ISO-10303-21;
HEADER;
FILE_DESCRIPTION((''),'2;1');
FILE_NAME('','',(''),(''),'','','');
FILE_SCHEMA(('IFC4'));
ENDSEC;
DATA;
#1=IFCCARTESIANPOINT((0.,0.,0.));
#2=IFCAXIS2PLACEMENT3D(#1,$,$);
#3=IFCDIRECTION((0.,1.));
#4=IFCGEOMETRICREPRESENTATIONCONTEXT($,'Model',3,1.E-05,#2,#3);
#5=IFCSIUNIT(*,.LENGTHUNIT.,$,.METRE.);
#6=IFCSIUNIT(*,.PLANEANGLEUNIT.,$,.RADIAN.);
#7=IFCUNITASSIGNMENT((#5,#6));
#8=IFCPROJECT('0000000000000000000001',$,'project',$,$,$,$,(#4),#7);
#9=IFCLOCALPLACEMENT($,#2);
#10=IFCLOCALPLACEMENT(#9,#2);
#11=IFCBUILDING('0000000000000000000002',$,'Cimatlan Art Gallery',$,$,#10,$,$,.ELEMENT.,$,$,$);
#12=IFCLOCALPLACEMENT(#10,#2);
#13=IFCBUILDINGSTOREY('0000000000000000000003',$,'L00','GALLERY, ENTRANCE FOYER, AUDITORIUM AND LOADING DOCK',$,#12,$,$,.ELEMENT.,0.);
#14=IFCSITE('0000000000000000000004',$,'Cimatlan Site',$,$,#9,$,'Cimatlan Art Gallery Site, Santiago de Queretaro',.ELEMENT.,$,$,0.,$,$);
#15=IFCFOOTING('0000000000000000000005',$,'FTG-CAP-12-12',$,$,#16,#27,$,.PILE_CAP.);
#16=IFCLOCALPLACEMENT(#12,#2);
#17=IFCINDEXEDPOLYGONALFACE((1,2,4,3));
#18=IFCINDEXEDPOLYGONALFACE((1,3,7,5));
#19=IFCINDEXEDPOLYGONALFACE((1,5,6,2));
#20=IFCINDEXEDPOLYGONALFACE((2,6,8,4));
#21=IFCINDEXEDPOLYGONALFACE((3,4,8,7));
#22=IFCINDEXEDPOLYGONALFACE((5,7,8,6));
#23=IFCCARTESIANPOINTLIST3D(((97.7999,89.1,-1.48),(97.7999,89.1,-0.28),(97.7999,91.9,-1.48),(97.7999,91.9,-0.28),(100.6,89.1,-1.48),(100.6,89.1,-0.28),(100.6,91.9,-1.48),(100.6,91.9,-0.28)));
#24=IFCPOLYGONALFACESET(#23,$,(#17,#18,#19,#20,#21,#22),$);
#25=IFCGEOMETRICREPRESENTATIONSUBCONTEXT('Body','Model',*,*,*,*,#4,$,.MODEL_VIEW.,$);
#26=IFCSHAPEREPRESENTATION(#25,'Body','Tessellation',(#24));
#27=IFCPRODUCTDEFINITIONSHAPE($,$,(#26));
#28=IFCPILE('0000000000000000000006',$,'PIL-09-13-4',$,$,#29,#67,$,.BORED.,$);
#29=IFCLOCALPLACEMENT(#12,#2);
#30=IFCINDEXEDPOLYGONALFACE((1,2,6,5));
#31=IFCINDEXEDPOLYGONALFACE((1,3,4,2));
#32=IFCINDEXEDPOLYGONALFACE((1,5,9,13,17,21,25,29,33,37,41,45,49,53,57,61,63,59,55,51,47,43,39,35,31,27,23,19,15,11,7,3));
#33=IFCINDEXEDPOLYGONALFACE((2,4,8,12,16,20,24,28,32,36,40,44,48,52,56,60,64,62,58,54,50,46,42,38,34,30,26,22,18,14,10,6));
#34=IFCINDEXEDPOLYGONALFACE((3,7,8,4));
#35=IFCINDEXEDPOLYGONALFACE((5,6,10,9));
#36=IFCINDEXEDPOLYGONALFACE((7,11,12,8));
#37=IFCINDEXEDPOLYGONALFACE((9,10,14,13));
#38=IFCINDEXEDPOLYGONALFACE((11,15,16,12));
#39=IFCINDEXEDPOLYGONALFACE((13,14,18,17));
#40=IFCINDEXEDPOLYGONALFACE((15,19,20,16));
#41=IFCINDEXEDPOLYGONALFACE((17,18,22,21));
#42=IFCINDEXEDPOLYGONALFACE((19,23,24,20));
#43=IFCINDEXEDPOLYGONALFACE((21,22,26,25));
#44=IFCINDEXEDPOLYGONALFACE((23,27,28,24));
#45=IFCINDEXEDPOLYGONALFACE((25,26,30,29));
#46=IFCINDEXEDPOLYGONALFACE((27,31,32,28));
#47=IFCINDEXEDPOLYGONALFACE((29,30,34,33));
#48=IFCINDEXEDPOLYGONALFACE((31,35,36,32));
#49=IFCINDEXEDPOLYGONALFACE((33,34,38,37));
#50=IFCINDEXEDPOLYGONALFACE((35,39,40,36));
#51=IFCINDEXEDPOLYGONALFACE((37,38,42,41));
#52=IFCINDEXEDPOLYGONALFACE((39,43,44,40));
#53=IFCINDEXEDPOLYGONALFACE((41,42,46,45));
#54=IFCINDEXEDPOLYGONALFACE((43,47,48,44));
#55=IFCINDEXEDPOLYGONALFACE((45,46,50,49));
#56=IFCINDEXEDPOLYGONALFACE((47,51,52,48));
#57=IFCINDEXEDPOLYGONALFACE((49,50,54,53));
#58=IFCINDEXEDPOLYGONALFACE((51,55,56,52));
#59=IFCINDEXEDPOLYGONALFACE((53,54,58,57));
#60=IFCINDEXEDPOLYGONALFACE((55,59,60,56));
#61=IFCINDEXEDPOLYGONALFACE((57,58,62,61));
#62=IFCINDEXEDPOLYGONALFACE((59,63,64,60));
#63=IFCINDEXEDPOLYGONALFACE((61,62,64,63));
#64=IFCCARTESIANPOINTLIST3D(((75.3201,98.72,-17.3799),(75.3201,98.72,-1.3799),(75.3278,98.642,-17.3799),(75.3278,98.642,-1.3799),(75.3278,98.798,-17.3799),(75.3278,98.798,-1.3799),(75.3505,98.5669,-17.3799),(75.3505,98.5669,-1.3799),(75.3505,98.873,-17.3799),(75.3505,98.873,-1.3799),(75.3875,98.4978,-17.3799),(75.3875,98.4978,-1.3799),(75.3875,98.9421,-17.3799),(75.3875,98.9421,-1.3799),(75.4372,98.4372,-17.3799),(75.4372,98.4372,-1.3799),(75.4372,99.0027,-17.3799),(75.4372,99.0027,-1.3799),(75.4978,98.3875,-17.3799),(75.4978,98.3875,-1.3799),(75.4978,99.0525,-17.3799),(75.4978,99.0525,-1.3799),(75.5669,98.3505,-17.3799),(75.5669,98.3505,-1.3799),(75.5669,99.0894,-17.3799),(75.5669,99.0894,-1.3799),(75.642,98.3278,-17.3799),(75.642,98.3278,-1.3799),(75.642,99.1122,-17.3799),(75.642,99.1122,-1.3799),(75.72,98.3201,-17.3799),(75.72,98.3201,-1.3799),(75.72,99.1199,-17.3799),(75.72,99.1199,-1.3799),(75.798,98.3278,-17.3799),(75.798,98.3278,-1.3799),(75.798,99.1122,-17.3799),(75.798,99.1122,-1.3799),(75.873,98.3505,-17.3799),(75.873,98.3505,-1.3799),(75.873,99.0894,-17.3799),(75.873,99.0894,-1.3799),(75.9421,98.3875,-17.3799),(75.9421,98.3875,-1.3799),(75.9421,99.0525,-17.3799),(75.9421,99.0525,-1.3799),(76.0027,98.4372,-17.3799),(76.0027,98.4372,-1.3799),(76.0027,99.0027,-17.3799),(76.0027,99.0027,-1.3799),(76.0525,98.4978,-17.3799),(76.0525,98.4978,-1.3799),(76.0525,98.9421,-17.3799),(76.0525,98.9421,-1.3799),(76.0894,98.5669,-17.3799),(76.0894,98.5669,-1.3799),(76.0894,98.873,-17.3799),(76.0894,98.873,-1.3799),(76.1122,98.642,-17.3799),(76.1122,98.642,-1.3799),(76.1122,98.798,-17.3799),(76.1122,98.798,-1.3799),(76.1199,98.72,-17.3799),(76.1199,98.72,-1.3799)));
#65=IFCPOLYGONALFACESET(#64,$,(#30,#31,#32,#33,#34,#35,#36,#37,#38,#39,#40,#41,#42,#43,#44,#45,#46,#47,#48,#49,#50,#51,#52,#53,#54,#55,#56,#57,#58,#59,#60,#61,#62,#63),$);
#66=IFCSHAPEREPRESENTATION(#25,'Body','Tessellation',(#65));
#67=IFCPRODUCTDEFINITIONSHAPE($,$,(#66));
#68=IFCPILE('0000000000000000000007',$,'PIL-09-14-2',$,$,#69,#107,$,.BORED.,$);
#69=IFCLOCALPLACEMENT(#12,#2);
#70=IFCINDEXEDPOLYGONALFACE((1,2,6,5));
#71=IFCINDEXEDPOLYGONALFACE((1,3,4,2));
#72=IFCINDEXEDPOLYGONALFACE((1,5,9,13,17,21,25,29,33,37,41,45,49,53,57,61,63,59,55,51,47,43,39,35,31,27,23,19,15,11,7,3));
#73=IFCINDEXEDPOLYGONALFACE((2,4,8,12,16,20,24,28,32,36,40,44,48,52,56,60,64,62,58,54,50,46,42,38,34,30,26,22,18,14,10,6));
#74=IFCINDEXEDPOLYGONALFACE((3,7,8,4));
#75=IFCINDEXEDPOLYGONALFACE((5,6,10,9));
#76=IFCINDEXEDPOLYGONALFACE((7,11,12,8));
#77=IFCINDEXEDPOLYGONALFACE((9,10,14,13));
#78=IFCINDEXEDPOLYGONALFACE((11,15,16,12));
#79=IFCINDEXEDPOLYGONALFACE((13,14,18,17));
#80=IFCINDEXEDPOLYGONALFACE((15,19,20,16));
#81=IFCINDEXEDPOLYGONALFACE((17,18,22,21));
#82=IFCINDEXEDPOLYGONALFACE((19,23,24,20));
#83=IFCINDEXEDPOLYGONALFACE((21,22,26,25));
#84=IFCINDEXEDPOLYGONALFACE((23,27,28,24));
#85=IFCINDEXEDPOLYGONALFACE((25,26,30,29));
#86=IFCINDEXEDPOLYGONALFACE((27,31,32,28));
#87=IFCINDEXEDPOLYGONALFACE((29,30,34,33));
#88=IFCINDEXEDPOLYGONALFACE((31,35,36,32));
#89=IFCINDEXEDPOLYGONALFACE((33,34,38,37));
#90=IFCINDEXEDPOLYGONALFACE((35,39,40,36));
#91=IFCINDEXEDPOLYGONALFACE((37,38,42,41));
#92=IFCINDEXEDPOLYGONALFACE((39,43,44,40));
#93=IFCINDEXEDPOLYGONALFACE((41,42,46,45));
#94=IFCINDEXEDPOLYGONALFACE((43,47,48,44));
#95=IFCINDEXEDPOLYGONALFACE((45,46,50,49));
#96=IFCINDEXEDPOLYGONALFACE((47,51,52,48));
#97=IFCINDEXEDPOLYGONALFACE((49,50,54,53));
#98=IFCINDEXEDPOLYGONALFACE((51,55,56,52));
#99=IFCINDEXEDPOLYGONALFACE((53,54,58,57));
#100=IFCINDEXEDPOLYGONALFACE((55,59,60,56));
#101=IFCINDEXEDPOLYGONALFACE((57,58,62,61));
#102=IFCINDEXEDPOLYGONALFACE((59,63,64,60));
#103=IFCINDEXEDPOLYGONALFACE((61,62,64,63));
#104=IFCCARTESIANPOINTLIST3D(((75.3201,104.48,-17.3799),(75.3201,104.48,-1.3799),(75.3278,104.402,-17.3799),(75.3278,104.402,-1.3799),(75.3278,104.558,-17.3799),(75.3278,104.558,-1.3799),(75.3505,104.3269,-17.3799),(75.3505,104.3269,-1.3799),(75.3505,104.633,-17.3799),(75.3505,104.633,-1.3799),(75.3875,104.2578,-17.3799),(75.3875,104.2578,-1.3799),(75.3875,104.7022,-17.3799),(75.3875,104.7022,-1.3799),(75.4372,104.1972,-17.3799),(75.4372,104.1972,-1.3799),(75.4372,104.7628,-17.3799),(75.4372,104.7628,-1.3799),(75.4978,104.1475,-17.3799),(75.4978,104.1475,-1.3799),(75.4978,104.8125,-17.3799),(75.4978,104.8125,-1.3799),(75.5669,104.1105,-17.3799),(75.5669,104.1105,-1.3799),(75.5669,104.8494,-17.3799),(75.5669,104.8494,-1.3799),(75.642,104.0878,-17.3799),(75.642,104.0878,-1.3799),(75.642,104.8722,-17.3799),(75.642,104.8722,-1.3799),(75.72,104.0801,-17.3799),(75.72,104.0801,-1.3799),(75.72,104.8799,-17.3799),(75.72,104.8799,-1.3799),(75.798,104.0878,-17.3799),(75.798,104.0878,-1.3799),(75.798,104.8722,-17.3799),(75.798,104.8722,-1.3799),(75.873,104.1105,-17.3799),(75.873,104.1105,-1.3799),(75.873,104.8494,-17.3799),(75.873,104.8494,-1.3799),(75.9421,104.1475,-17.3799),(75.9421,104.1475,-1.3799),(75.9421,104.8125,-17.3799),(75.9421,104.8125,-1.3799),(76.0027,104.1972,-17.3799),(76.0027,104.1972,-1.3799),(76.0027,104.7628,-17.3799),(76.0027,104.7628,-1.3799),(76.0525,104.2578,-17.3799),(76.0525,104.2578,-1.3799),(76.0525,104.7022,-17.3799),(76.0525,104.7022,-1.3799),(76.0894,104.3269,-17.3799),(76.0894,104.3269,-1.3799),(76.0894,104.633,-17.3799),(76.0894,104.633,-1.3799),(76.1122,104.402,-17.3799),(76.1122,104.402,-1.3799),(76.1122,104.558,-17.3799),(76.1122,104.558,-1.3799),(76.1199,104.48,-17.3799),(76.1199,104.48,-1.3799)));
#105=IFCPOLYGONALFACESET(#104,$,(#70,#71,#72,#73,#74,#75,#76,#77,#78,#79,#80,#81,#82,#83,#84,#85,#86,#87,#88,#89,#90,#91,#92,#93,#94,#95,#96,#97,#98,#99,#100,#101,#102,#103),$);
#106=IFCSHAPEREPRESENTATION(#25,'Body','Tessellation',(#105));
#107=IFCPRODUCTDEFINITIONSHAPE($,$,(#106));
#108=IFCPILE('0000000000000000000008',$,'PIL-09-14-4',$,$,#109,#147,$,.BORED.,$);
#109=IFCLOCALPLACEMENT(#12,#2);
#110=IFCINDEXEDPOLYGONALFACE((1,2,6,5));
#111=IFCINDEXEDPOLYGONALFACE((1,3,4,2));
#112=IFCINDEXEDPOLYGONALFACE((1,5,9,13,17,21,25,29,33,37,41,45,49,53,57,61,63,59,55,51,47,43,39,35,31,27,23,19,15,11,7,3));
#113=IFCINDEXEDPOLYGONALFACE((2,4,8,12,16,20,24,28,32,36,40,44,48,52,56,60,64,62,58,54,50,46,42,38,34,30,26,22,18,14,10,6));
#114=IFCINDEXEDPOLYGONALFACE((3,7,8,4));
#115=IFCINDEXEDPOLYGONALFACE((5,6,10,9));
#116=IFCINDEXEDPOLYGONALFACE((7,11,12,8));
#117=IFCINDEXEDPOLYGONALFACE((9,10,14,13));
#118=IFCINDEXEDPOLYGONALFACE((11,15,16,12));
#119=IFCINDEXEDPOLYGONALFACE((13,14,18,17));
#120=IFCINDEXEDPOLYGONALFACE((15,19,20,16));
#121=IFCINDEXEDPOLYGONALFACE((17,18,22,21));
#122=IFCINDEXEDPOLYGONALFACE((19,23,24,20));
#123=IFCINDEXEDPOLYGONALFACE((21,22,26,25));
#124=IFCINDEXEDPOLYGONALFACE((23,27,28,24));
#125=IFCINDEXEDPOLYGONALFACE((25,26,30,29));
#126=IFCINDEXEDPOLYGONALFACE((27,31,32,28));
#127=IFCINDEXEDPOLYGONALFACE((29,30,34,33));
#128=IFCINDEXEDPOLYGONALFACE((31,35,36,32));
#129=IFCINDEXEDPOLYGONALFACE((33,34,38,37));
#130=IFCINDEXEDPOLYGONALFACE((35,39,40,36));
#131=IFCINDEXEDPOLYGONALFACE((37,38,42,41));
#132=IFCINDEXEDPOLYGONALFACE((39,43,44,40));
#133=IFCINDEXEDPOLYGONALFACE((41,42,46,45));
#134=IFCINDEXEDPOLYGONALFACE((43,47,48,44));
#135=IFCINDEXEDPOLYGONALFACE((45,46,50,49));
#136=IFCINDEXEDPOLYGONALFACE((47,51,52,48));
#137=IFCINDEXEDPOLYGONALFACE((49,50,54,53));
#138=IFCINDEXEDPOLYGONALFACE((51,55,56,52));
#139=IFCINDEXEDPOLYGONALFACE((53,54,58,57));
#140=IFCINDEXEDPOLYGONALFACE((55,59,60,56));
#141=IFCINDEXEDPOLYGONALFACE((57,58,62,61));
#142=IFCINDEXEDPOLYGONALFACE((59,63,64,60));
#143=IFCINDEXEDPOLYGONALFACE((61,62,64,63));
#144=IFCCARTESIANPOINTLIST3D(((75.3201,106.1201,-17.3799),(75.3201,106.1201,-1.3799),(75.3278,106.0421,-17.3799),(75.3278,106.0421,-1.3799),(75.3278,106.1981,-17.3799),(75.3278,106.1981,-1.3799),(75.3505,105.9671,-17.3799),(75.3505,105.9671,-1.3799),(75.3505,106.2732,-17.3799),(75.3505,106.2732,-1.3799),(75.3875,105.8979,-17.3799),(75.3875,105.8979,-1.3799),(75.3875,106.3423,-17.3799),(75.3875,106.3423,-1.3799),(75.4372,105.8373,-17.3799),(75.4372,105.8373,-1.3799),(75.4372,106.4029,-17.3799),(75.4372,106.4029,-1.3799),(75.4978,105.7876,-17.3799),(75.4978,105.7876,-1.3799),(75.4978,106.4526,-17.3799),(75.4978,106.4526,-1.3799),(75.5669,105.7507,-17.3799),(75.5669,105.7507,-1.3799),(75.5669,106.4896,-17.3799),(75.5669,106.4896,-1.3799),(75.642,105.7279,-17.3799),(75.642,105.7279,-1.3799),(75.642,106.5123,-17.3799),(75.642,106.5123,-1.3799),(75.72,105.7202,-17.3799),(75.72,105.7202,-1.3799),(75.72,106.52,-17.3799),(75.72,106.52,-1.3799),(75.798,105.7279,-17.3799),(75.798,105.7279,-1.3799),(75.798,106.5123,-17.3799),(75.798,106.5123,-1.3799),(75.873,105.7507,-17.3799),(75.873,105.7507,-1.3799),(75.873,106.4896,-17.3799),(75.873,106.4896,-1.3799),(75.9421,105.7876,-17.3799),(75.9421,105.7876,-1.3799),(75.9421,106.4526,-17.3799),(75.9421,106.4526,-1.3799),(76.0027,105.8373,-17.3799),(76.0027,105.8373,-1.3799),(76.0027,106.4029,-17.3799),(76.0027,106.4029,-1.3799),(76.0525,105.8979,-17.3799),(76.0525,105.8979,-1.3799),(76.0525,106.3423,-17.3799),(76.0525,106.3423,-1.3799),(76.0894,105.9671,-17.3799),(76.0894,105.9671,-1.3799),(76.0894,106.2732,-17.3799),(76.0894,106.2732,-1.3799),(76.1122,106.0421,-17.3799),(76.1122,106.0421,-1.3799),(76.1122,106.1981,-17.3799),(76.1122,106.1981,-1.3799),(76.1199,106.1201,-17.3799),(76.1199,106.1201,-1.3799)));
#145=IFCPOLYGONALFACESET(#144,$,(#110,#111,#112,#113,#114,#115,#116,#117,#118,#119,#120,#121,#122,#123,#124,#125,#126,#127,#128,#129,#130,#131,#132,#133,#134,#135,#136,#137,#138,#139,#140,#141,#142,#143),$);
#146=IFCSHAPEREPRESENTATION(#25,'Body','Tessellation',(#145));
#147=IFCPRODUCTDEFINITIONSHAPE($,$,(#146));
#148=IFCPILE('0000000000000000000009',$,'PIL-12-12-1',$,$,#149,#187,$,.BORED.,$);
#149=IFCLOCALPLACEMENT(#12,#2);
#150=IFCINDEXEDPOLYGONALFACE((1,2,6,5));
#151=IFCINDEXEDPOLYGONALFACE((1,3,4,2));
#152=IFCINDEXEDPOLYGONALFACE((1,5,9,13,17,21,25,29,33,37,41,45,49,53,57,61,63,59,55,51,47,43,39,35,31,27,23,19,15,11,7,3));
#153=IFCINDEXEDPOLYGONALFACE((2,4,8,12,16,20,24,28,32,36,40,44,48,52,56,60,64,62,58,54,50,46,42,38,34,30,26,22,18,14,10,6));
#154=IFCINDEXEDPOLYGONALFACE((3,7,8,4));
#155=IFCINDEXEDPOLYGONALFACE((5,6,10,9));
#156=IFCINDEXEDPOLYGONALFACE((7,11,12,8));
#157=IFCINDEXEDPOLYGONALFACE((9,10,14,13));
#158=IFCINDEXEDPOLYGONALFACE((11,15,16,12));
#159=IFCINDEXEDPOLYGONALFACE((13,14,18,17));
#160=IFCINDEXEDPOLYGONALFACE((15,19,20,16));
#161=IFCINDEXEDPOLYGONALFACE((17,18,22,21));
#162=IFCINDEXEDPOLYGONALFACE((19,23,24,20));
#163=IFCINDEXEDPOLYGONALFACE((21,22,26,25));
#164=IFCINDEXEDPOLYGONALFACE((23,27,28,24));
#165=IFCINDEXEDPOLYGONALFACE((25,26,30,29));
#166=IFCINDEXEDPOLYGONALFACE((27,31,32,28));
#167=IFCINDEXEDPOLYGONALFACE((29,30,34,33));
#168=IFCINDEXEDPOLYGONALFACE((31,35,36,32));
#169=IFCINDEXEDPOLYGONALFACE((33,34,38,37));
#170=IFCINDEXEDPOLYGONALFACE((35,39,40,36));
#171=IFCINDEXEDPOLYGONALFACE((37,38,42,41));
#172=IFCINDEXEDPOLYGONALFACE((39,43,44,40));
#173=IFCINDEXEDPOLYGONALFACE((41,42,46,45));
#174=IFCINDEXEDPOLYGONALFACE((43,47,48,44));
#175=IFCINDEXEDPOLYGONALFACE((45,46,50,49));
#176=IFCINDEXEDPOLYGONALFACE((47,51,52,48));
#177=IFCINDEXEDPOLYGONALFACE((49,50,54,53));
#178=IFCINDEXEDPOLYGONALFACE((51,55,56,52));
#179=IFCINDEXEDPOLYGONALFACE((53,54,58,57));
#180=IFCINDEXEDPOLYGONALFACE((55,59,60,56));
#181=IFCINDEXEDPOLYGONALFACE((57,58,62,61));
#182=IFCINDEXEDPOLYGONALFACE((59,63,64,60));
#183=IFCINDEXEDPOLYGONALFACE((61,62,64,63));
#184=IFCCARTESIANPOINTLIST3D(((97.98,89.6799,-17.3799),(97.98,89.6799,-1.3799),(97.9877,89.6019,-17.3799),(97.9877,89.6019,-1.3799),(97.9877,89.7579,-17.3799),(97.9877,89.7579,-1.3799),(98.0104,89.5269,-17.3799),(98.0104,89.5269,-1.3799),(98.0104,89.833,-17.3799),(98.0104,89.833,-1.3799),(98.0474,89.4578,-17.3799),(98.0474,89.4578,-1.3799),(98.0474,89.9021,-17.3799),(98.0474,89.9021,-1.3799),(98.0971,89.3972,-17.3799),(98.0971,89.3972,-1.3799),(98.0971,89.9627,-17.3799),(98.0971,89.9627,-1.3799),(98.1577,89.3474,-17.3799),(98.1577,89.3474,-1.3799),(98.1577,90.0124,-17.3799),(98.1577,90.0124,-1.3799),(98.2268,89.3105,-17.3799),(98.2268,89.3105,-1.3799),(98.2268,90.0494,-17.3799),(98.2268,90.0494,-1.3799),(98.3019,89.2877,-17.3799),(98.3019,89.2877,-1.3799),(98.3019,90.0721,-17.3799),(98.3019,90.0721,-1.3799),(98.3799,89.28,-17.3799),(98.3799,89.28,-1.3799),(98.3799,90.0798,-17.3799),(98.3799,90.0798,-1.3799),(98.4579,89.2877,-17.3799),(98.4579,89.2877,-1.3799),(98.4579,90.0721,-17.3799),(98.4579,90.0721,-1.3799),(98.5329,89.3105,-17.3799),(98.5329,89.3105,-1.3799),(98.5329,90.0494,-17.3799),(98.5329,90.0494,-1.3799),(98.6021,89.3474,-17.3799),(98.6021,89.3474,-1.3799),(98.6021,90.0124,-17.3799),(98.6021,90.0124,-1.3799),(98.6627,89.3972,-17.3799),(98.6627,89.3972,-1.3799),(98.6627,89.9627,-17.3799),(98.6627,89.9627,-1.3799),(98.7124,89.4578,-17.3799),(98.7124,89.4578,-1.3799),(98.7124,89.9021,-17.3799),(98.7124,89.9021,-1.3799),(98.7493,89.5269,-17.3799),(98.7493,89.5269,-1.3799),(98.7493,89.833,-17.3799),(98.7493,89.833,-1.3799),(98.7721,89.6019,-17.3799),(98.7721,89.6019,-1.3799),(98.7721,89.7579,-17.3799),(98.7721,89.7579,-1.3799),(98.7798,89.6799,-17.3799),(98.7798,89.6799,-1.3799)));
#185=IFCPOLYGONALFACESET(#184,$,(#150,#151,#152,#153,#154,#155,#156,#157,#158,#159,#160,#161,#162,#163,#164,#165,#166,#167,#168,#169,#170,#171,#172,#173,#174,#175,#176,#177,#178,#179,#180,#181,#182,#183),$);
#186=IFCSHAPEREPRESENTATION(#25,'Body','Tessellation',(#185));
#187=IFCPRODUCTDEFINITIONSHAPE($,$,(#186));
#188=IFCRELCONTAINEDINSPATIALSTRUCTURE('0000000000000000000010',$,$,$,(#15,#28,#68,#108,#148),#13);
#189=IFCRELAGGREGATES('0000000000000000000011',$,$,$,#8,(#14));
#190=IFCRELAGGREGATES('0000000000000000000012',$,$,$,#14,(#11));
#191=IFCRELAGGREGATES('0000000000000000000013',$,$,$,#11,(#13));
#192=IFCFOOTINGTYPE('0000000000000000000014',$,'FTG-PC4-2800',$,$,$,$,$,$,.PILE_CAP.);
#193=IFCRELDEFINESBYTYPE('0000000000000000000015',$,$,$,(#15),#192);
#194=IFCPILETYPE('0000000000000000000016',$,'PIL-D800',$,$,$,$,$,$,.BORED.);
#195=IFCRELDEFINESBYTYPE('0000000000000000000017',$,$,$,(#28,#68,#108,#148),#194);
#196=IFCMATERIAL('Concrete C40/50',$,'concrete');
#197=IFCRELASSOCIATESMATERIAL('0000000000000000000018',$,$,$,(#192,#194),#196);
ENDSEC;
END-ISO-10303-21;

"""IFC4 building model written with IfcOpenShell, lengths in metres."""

from ifc_helpers import new_model, si_unit, direction, frame, origin, origin_2d, place, context, subcontext, project, spatial, rectangle, circle, extrude, material, type_object, element, save


model = new_model("IFC4")

# Units and contexts
model_context = context("Model", 3, precision=1e-05, world=origin(), true_north=direction((0.0, 1.0)))
body_context = subcontext(model_context, "Body", "Model", "MODEL_VIEW")
ifc_project = project(units=[si_unit("LENGTHUNIT", "METRE"), si_unit("PLANEANGLEUNIT", "RADIAN")], contexts=[model_context])

# Site, building, storey
site_placement = place(None, origin())
site = spatial("IfcSite", under=ifc_project, at=site_placement, Name="Cimatlan Site", LongName="Cimatlan Art Gallery Site, Santiago de Queretaro", CompositionType="ELEMENT", RefElevation=0.0)
building_placement = place(site_placement, origin())
building = spatial("IfcBuilding", under=site, at=building_placement, Name="Cimatlan Art Gallery", CompositionType="ELEMENT")
storey_placement = place(building_placement, origin())
storey = spatial("IfcBuildingStorey", under=building, at=storey_placement, Name="L00", Description="GALLERY, ENTRANCE FOYER, AUDITORIUM AND LOADING DOCK", CompositionType="ELEMENT", Elevation=0.0)

# Footing
ifc_material_1 = material(Name="Concrete C40/50", Category="concrete")
footing_type = type_object("IfcFootingType", Name="FTG-PC4-2800", PredefinedType="PILE_CAP", material=ifc_material_1)
footing_placement = place(storey_placement, frame((99.2, 90.5, -1.48), z_axis=(0.0, 0.0, 1.0), x_axis=(1.0, 0.0, 0.0)))
element("IfcFooting", 1, at=footing_placement, inside=storey, type_object=footing_type, Name="FTG-CAP-12-12", PredefinedType="PILE_CAP", context=body_context, shape_type="SweptSolid", body=[
    extrude(rectangle(XDim=2.8, YDim=2.8, at=origin_2d()), origin(), (0.0, 0.0, 1.0), 1.2),
])

# Piles
pile_type = type_object("IfcPileType", Name="PIL-D800", PredefinedType="BORED", material=ifc_material_1)
for number, where, z_axis, x_axis, name in (
    (2, (75.72, 98.72, -1.3799), (0.0, 0.0, -1.0), (1.0, 0.0, 0.0), "PIL-09-13-4"),
    (3, (75.72, 104.48, -1.3799), (0.0, 0.0, -1.0), (1.0, 0.0, 0.0), "PIL-09-14-2"),
    (4, (75.72, 106.1201, -1.3799), (0.0, 0.0, -1.0), (1.0, 0.0, 0.0), "PIL-09-14-4"),
    (5, (98.3799, 89.6799, -1.3799), (0.0, 0.0, -1.0), (1.0, 0.0, 0.0), "PIL-12-12-1"),
):
    element("IfcPile", number, at=place(storey_placement, frame(where, z_axis=z_axis, x_axis=x_axis)), inside=storey, type_object=pile_type, Name=name, PredefinedType="BORED", context=body_context, shape_type="SweptSolid", body=[
        extrude(circle(Radius=0.3999, at=origin_2d()), origin(), (0.0, 0.0, 1.0), 16.0),
    ])

save(model, "model.ifc")
